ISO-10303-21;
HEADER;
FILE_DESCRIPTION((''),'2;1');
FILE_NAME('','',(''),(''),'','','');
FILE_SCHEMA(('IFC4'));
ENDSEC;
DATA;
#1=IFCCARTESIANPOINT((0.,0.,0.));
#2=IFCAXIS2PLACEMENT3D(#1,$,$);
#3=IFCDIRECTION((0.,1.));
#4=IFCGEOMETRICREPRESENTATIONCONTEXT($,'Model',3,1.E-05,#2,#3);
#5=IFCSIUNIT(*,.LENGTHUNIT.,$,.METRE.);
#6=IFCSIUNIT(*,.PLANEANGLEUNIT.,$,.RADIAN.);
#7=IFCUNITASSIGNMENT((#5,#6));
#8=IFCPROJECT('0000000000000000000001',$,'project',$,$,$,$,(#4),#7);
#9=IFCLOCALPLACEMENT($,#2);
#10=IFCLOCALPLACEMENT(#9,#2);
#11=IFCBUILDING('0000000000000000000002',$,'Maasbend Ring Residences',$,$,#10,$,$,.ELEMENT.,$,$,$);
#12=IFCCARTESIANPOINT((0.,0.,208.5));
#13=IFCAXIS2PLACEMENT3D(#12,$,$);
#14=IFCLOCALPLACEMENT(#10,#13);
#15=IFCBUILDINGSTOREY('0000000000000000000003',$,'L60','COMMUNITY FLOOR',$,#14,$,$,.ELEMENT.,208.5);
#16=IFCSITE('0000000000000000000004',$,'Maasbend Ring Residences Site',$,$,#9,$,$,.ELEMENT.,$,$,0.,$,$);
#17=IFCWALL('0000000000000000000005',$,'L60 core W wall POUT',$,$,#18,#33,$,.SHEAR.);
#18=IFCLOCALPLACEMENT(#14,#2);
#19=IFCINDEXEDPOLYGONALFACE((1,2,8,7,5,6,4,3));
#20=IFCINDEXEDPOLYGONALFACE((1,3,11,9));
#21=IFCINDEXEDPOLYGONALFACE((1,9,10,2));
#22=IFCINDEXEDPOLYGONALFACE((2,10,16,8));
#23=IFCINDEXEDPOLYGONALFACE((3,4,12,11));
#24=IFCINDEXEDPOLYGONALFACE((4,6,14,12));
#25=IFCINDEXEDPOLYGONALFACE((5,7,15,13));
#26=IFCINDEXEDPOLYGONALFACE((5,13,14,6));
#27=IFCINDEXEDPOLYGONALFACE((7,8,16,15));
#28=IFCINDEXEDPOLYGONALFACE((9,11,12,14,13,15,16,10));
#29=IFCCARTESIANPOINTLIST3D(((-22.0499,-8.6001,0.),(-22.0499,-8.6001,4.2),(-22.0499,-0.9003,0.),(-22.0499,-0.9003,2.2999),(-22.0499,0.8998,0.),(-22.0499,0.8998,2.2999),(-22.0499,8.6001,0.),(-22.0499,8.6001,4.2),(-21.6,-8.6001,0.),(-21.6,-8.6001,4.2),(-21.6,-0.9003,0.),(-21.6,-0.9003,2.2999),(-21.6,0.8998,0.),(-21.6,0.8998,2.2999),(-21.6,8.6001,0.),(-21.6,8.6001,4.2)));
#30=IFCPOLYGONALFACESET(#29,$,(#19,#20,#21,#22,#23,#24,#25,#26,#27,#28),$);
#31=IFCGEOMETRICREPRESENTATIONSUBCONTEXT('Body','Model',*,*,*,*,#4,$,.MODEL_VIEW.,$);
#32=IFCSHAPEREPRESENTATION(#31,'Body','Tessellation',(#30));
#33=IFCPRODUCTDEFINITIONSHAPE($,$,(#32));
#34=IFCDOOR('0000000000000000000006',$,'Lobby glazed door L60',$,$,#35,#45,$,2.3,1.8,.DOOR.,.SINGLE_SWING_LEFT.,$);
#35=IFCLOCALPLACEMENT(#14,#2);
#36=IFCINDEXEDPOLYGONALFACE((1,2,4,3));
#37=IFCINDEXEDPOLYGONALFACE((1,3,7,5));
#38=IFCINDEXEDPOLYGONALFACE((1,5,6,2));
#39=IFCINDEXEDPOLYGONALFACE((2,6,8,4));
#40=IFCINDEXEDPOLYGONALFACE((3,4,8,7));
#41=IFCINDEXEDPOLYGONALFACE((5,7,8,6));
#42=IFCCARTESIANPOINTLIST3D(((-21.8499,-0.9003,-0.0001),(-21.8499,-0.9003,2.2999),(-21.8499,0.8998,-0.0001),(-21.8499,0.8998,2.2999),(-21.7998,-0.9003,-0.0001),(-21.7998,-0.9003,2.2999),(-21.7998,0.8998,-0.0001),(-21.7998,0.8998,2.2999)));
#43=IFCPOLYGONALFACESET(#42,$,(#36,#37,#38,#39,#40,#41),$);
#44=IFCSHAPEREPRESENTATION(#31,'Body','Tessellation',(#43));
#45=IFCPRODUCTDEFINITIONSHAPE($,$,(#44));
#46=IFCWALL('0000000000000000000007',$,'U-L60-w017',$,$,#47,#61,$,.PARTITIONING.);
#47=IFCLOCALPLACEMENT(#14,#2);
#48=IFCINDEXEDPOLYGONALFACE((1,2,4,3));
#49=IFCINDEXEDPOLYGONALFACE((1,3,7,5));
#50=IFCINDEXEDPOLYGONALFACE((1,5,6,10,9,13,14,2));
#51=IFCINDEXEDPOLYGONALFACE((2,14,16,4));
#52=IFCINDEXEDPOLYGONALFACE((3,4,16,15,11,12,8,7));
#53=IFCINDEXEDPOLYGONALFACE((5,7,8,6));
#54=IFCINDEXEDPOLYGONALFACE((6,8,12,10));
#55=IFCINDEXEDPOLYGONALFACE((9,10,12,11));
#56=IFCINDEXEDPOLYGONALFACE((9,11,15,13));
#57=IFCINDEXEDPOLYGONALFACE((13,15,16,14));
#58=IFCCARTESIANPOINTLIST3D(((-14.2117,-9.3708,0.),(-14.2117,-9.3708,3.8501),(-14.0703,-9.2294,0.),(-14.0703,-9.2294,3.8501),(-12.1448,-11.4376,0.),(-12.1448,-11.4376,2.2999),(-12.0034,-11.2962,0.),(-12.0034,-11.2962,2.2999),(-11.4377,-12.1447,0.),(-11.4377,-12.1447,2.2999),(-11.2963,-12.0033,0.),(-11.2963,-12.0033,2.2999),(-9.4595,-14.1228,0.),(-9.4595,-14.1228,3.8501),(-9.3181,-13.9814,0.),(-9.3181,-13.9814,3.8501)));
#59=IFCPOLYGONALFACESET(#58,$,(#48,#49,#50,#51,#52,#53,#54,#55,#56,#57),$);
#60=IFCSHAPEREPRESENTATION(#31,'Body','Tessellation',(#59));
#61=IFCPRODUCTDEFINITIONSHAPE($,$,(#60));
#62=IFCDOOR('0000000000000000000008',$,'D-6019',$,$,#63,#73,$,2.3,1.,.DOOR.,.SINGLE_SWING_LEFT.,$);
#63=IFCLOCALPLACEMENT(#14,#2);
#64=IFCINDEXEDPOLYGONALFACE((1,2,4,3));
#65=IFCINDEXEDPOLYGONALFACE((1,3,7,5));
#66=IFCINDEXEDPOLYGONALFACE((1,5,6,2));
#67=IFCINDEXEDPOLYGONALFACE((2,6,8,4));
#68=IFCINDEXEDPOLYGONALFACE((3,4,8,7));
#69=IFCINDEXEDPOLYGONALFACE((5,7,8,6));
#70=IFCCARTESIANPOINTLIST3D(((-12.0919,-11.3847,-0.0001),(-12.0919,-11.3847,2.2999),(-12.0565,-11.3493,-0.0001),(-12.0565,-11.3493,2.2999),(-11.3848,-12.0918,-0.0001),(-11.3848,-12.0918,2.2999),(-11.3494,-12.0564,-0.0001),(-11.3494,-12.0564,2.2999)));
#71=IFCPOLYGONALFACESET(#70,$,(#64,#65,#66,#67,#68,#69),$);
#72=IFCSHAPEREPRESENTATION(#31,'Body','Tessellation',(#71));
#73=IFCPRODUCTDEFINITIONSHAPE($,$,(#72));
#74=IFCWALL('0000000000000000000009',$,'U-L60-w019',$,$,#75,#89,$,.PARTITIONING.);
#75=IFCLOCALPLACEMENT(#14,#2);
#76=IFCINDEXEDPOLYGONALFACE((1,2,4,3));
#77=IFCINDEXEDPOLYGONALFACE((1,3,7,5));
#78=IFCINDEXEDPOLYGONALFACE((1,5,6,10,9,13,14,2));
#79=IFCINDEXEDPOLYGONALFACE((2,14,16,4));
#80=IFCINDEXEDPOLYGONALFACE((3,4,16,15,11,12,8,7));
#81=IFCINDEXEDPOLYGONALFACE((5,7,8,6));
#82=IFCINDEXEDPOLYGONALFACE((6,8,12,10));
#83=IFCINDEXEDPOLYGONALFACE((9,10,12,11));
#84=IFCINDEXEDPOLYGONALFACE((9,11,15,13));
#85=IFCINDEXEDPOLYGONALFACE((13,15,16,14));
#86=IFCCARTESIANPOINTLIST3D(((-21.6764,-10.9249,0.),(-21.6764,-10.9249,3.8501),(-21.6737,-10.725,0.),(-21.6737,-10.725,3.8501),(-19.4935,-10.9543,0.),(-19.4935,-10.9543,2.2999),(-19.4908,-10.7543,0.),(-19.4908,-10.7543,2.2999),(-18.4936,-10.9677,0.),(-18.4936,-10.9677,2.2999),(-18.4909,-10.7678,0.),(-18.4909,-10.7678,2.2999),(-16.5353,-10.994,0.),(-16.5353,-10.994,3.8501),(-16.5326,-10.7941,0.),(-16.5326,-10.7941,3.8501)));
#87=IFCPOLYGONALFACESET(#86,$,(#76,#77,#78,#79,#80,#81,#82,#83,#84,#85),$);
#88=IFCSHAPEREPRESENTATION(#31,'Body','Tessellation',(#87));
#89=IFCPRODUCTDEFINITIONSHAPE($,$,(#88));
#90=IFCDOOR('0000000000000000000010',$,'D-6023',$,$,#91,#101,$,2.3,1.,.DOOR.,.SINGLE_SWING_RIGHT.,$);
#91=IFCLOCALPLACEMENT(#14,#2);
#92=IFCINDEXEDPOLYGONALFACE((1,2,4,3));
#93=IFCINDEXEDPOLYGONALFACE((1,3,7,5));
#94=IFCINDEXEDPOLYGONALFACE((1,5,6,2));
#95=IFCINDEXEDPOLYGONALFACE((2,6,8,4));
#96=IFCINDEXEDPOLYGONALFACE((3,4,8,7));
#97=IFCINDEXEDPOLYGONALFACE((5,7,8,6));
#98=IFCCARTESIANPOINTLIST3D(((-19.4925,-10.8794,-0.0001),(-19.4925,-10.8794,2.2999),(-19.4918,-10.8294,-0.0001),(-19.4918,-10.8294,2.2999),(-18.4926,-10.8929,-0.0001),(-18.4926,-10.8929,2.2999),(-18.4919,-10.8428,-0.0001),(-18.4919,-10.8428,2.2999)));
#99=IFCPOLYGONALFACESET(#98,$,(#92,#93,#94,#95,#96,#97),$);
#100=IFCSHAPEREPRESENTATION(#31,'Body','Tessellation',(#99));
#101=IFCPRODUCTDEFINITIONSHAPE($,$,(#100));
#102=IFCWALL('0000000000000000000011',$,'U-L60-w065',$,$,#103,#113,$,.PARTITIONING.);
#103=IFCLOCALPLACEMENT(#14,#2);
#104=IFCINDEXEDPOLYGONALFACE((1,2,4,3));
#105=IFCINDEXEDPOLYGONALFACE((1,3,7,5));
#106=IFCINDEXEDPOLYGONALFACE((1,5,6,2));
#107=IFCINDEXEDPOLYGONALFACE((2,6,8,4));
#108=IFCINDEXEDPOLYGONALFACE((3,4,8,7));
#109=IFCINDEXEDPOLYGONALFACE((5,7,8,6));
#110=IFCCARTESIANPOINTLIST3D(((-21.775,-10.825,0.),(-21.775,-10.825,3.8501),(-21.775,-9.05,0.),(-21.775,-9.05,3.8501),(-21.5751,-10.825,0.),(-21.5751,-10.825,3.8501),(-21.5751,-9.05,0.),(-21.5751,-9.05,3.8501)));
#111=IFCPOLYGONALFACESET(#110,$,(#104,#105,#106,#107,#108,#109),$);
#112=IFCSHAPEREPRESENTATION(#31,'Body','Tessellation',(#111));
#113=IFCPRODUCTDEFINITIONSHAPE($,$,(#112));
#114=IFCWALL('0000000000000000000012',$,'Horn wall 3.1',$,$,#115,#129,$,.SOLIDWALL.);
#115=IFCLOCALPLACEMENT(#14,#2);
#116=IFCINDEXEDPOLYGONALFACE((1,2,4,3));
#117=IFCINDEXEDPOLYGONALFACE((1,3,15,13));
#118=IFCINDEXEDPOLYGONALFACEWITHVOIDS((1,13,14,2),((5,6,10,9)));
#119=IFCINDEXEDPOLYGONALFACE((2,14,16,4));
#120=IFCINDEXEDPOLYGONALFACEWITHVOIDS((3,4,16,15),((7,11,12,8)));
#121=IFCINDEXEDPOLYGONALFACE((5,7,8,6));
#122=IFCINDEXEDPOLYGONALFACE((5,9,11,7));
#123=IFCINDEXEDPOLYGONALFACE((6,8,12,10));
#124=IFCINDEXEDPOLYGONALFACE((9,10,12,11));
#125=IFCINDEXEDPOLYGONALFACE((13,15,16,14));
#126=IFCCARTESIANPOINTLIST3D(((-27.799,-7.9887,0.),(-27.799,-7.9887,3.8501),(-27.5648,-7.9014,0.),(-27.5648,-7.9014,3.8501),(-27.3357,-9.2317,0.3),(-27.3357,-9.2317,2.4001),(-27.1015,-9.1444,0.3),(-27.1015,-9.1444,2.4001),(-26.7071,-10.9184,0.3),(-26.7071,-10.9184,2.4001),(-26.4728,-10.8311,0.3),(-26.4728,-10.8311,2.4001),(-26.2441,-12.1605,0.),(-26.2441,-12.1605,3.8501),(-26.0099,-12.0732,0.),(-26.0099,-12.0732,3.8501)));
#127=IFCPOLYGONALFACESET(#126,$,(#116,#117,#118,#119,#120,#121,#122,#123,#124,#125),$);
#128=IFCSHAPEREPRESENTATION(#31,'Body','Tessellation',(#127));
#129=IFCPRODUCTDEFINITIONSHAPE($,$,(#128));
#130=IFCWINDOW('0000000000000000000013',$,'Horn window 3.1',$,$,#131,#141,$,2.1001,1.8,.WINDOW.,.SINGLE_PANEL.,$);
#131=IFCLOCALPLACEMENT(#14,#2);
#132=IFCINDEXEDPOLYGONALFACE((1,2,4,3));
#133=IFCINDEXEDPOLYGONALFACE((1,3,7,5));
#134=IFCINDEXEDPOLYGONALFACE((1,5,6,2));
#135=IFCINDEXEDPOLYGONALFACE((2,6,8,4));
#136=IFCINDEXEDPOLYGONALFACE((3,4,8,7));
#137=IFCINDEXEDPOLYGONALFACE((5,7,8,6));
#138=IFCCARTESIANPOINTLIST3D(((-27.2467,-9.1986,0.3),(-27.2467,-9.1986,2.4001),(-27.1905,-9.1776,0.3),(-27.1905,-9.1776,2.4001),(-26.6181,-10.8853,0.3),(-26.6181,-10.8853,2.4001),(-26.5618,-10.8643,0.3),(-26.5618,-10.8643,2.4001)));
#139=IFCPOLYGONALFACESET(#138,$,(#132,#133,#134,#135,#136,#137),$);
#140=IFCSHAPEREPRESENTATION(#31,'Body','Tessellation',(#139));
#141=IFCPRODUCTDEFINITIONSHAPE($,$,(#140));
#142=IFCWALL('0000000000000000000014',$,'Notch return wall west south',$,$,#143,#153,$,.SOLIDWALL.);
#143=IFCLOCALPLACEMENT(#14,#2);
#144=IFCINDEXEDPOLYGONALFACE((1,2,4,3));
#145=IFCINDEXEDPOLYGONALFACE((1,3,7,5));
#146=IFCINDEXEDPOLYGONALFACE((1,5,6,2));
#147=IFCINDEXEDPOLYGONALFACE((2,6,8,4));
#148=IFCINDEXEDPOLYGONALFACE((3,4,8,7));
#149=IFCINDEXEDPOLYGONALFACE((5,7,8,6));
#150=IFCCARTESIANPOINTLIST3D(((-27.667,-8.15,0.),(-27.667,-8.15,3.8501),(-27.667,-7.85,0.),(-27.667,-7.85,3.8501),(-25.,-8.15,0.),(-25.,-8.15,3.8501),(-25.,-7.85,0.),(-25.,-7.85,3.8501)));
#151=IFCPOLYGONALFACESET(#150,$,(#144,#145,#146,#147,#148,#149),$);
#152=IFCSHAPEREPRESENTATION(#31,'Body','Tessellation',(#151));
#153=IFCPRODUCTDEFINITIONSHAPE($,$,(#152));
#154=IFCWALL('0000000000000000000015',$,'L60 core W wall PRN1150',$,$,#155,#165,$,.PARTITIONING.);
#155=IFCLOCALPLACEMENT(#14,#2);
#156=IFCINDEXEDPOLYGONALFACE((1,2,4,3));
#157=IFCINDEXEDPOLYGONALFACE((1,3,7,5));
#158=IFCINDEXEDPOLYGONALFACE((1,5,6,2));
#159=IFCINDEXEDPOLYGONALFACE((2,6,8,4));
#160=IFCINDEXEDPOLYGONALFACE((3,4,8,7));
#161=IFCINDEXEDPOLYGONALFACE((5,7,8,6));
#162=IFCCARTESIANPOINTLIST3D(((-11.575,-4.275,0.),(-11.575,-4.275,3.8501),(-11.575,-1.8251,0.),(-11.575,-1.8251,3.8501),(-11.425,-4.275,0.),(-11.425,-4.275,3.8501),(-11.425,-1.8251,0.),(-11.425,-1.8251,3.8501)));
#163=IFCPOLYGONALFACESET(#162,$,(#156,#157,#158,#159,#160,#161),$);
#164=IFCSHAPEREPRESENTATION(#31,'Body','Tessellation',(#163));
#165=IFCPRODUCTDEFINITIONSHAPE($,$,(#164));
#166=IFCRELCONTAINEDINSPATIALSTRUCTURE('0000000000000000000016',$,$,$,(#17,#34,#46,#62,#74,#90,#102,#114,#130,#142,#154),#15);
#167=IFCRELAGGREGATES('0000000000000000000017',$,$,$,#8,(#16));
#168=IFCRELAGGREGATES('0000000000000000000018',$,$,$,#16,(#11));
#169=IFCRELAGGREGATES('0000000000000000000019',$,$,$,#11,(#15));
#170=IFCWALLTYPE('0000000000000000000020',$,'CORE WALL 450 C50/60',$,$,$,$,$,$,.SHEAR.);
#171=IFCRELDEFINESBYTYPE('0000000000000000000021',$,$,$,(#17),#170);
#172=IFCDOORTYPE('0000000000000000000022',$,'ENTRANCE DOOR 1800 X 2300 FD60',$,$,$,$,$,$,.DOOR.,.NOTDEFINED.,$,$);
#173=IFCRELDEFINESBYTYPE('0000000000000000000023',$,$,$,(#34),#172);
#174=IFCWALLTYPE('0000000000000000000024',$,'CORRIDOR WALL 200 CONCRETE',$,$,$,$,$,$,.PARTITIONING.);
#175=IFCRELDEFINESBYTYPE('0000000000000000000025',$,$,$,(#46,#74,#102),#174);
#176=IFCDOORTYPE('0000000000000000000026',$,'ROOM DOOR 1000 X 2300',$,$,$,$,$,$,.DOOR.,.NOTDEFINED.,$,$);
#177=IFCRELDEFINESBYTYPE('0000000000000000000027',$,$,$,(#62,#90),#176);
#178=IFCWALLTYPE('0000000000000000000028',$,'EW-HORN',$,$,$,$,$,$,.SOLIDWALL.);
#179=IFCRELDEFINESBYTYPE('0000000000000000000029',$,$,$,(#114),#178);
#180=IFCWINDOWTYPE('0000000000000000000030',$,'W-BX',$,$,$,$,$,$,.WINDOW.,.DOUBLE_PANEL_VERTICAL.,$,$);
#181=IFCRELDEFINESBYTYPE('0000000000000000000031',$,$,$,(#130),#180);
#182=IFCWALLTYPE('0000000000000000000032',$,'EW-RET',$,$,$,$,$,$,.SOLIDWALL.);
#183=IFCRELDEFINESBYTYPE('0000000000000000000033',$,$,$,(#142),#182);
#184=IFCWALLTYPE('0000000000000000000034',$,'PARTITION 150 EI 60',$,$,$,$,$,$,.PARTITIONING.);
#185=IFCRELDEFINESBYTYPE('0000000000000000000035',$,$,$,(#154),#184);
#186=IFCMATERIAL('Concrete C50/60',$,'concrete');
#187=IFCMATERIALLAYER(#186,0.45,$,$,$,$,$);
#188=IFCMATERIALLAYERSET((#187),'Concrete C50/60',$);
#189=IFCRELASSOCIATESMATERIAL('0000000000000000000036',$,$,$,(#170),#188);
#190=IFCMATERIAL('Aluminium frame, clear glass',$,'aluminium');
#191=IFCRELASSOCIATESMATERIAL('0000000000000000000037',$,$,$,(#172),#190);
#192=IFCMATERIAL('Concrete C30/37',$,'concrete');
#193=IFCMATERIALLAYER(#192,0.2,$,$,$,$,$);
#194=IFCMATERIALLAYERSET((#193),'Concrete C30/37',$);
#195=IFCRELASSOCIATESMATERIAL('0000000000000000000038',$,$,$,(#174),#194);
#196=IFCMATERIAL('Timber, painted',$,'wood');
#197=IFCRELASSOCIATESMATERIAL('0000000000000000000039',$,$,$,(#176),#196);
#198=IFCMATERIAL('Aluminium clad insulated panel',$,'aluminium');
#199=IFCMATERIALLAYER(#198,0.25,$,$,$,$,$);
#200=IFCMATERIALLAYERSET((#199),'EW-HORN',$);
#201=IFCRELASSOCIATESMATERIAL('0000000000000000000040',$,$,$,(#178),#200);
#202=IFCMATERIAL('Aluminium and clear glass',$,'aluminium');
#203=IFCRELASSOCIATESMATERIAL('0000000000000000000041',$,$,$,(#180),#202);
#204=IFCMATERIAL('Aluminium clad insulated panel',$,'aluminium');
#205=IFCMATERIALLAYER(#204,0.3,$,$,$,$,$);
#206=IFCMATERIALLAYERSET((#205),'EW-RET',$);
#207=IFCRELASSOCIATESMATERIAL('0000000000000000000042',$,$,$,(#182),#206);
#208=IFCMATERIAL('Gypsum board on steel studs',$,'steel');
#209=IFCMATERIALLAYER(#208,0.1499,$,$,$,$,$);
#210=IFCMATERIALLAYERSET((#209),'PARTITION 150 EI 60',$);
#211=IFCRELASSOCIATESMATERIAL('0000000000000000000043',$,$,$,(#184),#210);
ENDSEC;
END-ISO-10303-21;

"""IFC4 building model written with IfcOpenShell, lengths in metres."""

from ifc_helpers import new_model, si_unit, direction, frame, frame_2d, origin, place, context, subcontext, project, spatial, rectangle, extrude, material, layer, layer_set, type_object, element, fill, save


model = new_model("IFC4")

# Units and contexts
model_context = context("Model", 3, precision=1e-05, world=origin(), true_north=direction((0.0, 1.0)))
body_context = subcontext(model_context, "Body", "Model", "MODEL_VIEW")
ifc_project = project(units=[si_unit("LENGTHUNIT", "METRE"), si_unit("PLANEANGLEUNIT", "RADIAN")], contexts=[model_context])

# Site, building, storey
site_placement = place(None, origin())
site = spatial("IfcSite", under=ifc_project, at=site_placement, Name="Maasbend Ring Residences Site", CompositionType="ELEMENT", RefElevation=0.0)
building_placement = place(site_placement, origin())
building = spatial("IfcBuilding", under=site, at=building_placement, Name="Maasbend Ring Residences", CompositionType="ELEMENT")
storey_placement = place(building_placement, frame((0.0, 0.0, 208.5)))
storey = spatial("IfcBuildingStorey", under=building, at=storey_placement, Name="L60", Description="COMMUNITY FLOOR", CompositionType="ELEMENT", Elevation=208.5)

# Walls, openings, doors
ifc_material_1 = material(Name="Concrete C50/60", Category="concrete")
ifc_layer_1 = layer(ifc_material_1, 0.45)
ifc_layer_set_1 = layer_set([ifc_layer_1], Name="Concrete C50/60")
wall_type_1 = type_object("IfcWallType", Name="CORE WALL 450 C50/60", PredefinedType="SHEAR", material=ifc_layer_set_1)
wall_1_placement = place(storey_placement, frame((-21.825, -8.6001, 0.0), z_axis=(0.0, 0.0, 1.0), x_axis=(0.0, 1.0, 0.0)))
wall_1 = element("IfcWall", 1, at=wall_1_placement, inside=storey, type_object=wall_type_1, Name="L60 core W wall POUT", PredefinedType="SHEAR", context=body_context, shape_type="SweptSolid", body=[
    extrude(rectangle(XDim=17.2002, YDim=0.45, at=frame_2d((8.6001, 0.0))), origin(), (0.0, 0.0, 1.0), 4.2),
])
opening_1_placement = place(wall_1_placement, frame((7.7, 0.0, 0.0)))
opening_1 = element("IfcOpeningElement", 2, at=opening_1_placement, cuts=wall_1, PredefinedType="OPENING", context=body_context, shape_type="SweptSolid", body=[
    extrude(rectangle(XDim=1.8, YDim=2.3, at=frame_2d((0.8999, 1.1499))), frame((0.0, 0.2349, 0.0), z_axis=(0.0, -1.0, 0.0), x_axis=(1.0, 0.0, 0.0)), (0.0, 0.0, 1.0), 0.47),
])
ifc_material_2 = material(Name="Aluminium frame, clear glass", Category="aluminium")
door_type_1 = type_object("IfcDoorType", Name="ENTRANCE DOOR 1800 X 2300 FD60", OperationType="NOTDEFINED", PredefinedType="DOOR", material=ifc_material_2)
door_1_placement = place(opening_1_placement, origin())
door_1 = element("IfcDoor", 3, at=door_1_placement, inside=storey, type_object=door_type_1, Name="Lobby glazed door L60", OperationType="SINGLE_SWING_LEFT", OverallHeight=2.3, OverallWidth=1.8, PredefinedType="DOOR", context=body_context, shape_type="SweptSolid", body=[
    extrude(rectangle(XDim=1.8, YDim=2.3, at=frame_2d((0.8999, 1.1499))), frame((0.0, 0.0249, 0.0), z_axis=(0.0, -1.0, 0.0), x_axis=(1.0, 0.0, 0.0)), (0.0, 0.0, 1.0), 0.05),
])
fill(opening_1, door_1)
ifc_material_3 = material(Name="Concrete C30/37", Category="concrete")
ifc_layer_2 = layer(ifc_material_3, 0.2)
ifc_layer_set_2 = layer_set([ifc_layer_2], Name="Concrete C30/37")
wall_type_2 = type_object("IfcWallType", Name="CORRIDOR WALL 200 CONCRETE", PredefinedType="PARTITIONING", material=ifc_layer_set_2)
wall_2_placement = place(storey_placement, frame((-14.1411, -9.3, 0.0), z_axis=(0.0, 0.0, 1.0), x_axis=(0.707125, -0.707089, 0.0)))
wall_2 = element("IfcWall", 4, at=wall_2_placement, inside=storey, type_object=wall_type_2, Name="U-L60-w017", PredefinedType="PARTITIONING", context=body_context, shape_type="SweptSolid", body=[
    extrude(rectangle(XDim=6.7205, YDim=0.2, at=frame_2d((3.3604, 0.0))), origin(), (0.0, 0.0, 1.0), 3.8501),
])
opening_2_placement = place(wall_2_placement, frame((2.9231, 0.0, 0.0)))
opening_2 = element("IfcOpeningElement", 5, at=opening_2_placement, cuts=wall_2, PredefinedType="OPENING", context=body_context, shape_type="SweptSolid", body=[
    extrude(rectangle(XDim=1.0, YDim=2.3, at=frame_2d((0.5, 1.1499))), frame((0.0, 0.1099, 0.0), z_axis=(0.0, -1.0, 0.0), x_axis=(1.0, 0.0, 0.0)), (0.0, 0.0, 1.0), 0.22),
])
ifc_material_4 = material(Name="Timber, painted", Category="wood")
door_type_2 = type_object("IfcDoorType", Name="ROOM DOOR 1000 X 2300", OperationType="NOTDEFINED", PredefinedType="DOOR", material=ifc_material_4)
door_2_placement = place(opening_2_placement, origin())
door_2 = element("IfcDoor", 6, at=door_2_placement, inside=storey, type_object=door_type_2, Name="D-6019", OperationType="SINGLE_SWING_LEFT", OverallHeight=2.3, OverallWidth=1.0, PredefinedType="DOOR", context=body_context, shape_type="SweptSolid", body=[
    extrude(rectangle(XDim=1.0, YDim=2.3, at=frame_2d((0.5, 1.1499))), frame((0.0, 0.0249, 0.0), z_axis=(0.0, -1.0, 0.0), x_axis=(1.0, 0.0, 0.0)), (0.0, 0.0, 1.0), 0.05),
])
fill(opening_2, door_2)
wall_3_placement = place(storey_placement, frame((-21.675, -10.825, 0.0), z_axis=(0.0, 0.0, 1.0), x_axis=(0.99991, -0.013438, 0.0)))
wall_3 = element("IfcWall", 7, at=wall_3_placement, inside=storey, type_object=wall_type_2, Name="U-L60-w019", PredefinedType="PARTITIONING", context=body_context, shape_type="SweptSolid", body=[
    extrude(rectangle(XDim=5.1416, YDim=0.2, at=frame_2d((2.5708, 0.0))), origin(), (0.0, 0.0, 1.0), 3.8501),
])
opening_3_placement = place(wall_3_placement, frame((2.1831, 0.0, 0.0)))
opening_3 = element("IfcOpeningElement", 8, at=opening_3_placement, cuts=wall_3, PredefinedType="OPENING", context=body_context, shape_type="SweptSolid", body=[
    extrude(rectangle(XDim=1.0, YDim=2.3, at=frame_2d((0.5, 1.1499))), frame((0.0, 0.1099, 0.0), z_axis=(0.0, -1.0, 0.0), x_axis=(1.0, 0.0, 0.0)), (0.0, 0.0, 1.0), 0.22),
])
door_3_placement = place(opening_3_placement, origin())
door_3 = element("IfcDoor", 9, at=door_3_placement, inside=storey, type_object=door_type_2, Name="D-6023", OperationType="SINGLE_SWING_RIGHT", OverallHeight=2.3, OverallWidth=1.0, PredefinedType="DOOR", context=body_context, shape_type="SweptSolid", body=[
    extrude(rectangle(XDim=1.0, YDim=2.3, at=frame_2d((0.5, 1.1499))), frame((0.0, 0.0249, 0.0), z_axis=(0.0, -1.0, 0.0), x_axis=(1.0, 0.0, 0.0)), (0.0, 0.0, 1.0), 0.05),
])
fill(opening_3, door_3)

# Wall
wall_4_placement = place(storey_placement, frame((-21.675, -10.825, 0.0), z_axis=(0.0, 0.0, 1.0), x_axis=(0.0, 1.0, 0.0)))
element("IfcWall", 10, at=wall_4_placement, inside=storey, type_object=wall_type_2, Name="U-L60-w065", PredefinedType="PARTITIONING", context=body_context, shape_type="SweptSolid", body=[
    extrude(rectangle(XDim=1.7749, YDim=0.2, at=frame_2d((0.8875, 0.0))), origin(), (0.0, 0.0, 1.0), 3.8501),
])

# Wall, opening, window
ifc_material_5 = material(Name="Aluminium clad insulated panel", Category="aluminium")
ifc_layer_3 = layer(ifc_material_5, 0.25)
ifc_layer_set_3 = layer_set([ifc_layer_3], Name="EW-HORN")
wall_type_3 = type_object("IfcWallType", Name="EW-HORN", PredefinedType="SOLIDWALL", material=ifc_layer_set_3)
wall_5_placement = place(storey_placement, frame((-27.6819, -7.9451, 0.0), z_axis=(0.0, 0.0, 1.0), x_axis=(0.349248, -0.93703, 0.0)))
wall_5 = element("IfcWall", 11, at=wall_5_placement, inside=storey, type_object=wall_type_3, Name="Horn wall 3.1", PredefinedType="SOLIDWALL", context=body_context, shape_type="SweptSolid", body=[
    extrude(rectangle(XDim=4.4521, YDim=0.25, at=frame_2d((2.2261, 0.0))), origin(), (0.0, 0.0, 1.0), 3.8501),
])
opening_4_placement = place(wall_5_placement, frame((1.3267, 0.0, 0.3)))
opening_4 = element("IfcOpeningElement", 12, at=opening_4_placement, cuts=wall_5, PredefinedType="OPENING", context=body_context, shape_type="SweptSolid", body=[
    extrude(rectangle(XDim=1.8, YDim=2.1001, at=frame_2d((0.8999, 1.05))), frame((0.0, 0.135, 0.0), z_axis=(0.0, -1.0, 0.0), x_axis=(1.0, 0.0, 0.0)), (0.0, 0.0, 1.0), 0.27),
])
ifc_material_6 = material(Name="Aluminium and clear glass", Category="aluminium")
window_type = type_object("IfcWindowType", Name="W-BX", PartitioningType="DOUBLE_PANEL_VERTICAL", PredefinedType="WINDOW", material=ifc_material_6)
window_placement = place(opening_4_placement, origin())
window = element("IfcWindow", 13, at=window_placement, inside=storey, type_object=window_type, Name="Horn window 3.1", OverallHeight=2.1001, OverallWidth=1.8, PartitioningType="SINGLE_PANEL", PredefinedType="WINDOW", context=body_context, shape_type="SweptSolid", body=[
    extrude(rectangle(XDim=1.8, YDim=2.1001, at=frame_2d((0.8999, 1.05))), frame((0.0, 0.03, 0.0), z_axis=(0.0, -1.0, 0.0), x_axis=(1.0, 0.0, 0.0)), (0.0, 0.0, 1.0), 0.0601),
])
fill(opening_4, window)

# Walls
ifc_material_7 = material(Name="Aluminium clad insulated panel", Category="aluminium")
ifc_layer_4 = layer(ifc_material_7, 0.3)
ifc_layer_set_4 = layer_set([ifc_layer_4], Name="EW-RET")
wall_type_4 = type_object("IfcWallType", Name="EW-RET", PredefinedType="SOLIDWALL", material=ifc_layer_set_4)
wall_6_placement = place(storey_placement, frame((-25.0, -8.0, 0.0), z_axis=(0.0, 0.0, 1.0), x_axis=(-1.0, 0.0, 0.0)))
element("IfcWall", 14, at=wall_6_placement, inside=storey, type_object=wall_type_4, Name="Notch return wall west south", PredefinedType="SOLIDWALL", context=body_context, shape_type="SweptSolid", body=[
    extrude(rectangle(XDim=2.667, YDim=0.3, at=frame_2d((1.3335, 0.0))), origin(), (0.0, 0.0, 1.0), 3.8501),
])
ifc_material_8 = material(Name="Gypsum board on steel studs", Category="steel")
ifc_layer_5 = layer(ifc_material_8, 0.1499)
ifc_layer_set_5 = layer_set([ifc_layer_5], Name="PARTITION 150 EI 60")
wall_type_5 = type_object("IfcWallType", Name="PARTITION 150 EI 60", PredefinedType="PARTITIONING", material=ifc_layer_set_5)
wall_7_placement = place(storey_placement, frame((-11.5, -1.825, 0.0), z_axis=(0.0, 0.0, 1.0), x_axis=(0.0, -1.0, 0.0)))
element("IfcWall", 15, at=wall_7_placement, inside=storey, type_object=wall_type_5, Name="L60 core W wall PRN1150", PredefinedType="PARTITIONING", context=body_context, shape_type="SweptSolid", body=[
    extrude(rectangle(XDim=2.45, YDim=0.1499, at=frame_2d((1.2251, 0.0))), origin(), (0.0, 0.0, 1.0), 3.8501),
])

save(model, "model.ifc")
